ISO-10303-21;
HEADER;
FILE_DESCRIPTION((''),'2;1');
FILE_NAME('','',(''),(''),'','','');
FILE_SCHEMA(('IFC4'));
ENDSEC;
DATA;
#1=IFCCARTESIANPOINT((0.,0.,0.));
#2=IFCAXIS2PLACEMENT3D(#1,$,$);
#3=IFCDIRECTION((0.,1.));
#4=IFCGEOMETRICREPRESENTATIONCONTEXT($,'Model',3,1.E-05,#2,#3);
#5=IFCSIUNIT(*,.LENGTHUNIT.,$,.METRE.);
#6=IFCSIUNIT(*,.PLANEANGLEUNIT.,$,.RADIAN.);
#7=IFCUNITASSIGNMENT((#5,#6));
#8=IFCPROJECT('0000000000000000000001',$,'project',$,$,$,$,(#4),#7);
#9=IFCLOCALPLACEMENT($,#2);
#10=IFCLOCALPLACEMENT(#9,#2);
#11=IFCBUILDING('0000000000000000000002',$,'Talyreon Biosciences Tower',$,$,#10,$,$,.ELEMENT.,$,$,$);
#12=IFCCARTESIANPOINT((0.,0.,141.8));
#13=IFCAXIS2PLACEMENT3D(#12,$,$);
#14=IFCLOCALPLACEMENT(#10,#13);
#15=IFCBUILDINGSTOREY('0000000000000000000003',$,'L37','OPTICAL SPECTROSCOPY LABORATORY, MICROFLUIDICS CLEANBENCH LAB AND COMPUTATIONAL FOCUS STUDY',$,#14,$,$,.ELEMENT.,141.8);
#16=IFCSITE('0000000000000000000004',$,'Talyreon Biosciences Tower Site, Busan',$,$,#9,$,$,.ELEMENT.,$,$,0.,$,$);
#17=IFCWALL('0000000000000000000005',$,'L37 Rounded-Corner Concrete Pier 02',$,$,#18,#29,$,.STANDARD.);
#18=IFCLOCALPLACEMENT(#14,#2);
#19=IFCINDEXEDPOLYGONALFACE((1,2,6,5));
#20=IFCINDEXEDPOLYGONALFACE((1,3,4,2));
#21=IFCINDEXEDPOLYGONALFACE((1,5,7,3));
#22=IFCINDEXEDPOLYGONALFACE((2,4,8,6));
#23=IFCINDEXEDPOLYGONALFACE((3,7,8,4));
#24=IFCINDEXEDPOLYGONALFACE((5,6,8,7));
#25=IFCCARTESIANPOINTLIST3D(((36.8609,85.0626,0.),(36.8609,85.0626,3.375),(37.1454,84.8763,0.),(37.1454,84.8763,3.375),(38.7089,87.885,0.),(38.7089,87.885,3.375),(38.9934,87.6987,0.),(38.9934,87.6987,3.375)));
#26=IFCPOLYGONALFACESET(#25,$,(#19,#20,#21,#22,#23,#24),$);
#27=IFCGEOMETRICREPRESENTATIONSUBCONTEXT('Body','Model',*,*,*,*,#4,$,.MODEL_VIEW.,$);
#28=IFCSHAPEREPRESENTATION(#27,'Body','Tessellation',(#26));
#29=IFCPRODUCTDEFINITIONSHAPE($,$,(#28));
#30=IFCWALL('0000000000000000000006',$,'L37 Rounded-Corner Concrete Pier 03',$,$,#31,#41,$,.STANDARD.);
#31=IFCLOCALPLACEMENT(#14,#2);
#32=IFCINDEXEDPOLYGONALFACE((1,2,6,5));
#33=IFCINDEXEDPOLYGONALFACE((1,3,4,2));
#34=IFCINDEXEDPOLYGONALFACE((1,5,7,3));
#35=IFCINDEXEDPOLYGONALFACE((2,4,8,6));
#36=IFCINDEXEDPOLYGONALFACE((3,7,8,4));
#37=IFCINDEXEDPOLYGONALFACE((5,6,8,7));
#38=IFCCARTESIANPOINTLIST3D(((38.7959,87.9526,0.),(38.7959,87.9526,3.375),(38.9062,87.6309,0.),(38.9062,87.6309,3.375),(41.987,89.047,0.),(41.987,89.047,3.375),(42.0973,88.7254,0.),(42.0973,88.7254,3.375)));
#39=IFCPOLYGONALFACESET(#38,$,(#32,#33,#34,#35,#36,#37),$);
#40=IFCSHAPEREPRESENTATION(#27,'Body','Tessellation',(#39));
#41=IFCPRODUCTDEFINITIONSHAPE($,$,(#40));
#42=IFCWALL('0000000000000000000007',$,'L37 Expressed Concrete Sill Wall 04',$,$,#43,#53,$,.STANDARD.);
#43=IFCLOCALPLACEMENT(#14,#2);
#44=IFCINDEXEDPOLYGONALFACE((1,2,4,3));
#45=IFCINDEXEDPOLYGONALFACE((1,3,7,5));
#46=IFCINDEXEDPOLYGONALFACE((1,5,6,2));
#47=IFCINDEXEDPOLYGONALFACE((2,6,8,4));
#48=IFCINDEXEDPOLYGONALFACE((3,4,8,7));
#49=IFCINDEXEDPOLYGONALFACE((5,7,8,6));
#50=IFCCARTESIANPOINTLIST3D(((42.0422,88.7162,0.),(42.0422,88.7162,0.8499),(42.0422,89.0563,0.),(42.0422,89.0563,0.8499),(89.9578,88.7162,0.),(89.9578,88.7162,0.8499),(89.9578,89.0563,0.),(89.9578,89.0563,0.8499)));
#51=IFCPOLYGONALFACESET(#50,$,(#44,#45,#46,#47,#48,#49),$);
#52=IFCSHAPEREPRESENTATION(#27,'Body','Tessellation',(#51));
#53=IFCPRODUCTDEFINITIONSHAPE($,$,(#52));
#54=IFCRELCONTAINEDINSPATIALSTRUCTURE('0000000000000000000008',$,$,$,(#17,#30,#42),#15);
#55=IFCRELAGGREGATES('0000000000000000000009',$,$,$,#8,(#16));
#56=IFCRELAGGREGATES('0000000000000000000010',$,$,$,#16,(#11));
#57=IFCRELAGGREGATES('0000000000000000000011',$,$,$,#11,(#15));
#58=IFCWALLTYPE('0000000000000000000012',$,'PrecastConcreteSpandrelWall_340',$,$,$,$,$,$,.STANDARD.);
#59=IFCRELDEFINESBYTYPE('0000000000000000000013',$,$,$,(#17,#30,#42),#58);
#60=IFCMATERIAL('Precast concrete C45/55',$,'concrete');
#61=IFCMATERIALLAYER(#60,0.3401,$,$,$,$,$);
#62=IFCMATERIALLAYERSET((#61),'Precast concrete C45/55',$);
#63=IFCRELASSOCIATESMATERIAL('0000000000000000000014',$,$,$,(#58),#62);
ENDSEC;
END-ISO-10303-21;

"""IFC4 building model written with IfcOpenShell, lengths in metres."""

from ifc_helpers import new_model, si_unit, direction, frame, frame_2d, origin, place, context, subcontext, project, spatial, rectangle, extrude, material, layer, layer_set, type_object, element, save


model = new_model("IFC4")

# Units and contexts
model_context = context("Model", 3, precision=1e-05, world=origin(), true_north=direction((0.0, 1.0)))
body_context = subcontext(model_context, "Body", "Model", "MODEL_VIEW")
ifc_project = project(units=[si_unit("LENGTHUNIT", "METRE"), si_unit("PLANEANGLEUNIT", "RADIAN")], contexts=[model_context])

# Site, building, storey
site_placement = place(None, origin())
site = spatial("IfcSite", under=ifc_project, at=site_placement, Name="Talyreon Biosciences Tower Site, Busan", CompositionType="ELEMENT", RefElevation=0.0)
building_placement = place(site_placement, origin())
building = spatial("IfcBuilding", under=site, at=building_placement, Name="Talyreon Biosciences Tower", CompositionType="ELEMENT")
storey_placement = place(building_placement, frame((0.0, 0.0, 141.8)))
storey = spatial("IfcBuildingStorey", under=building, at=storey_placement, Name="L37", Description="OPTICAL SPECTROSCOPY LABORATORY, MICROFLUIDICS CLEANBENCH LAB AND COMPUTATIONAL FOCUS STUDY", CompositionType="ELEMENT", Elevation=141.8)

# Shared definitions
ifc_material_1 = material(Name="Precast concrete C45/55", Category="concrete")

# Walls
ifc_layer_1 = layer(ifc_material_1, 0.3401)
ifc_layer_set_1 = layer_set([ifc_layer_1], Name="Precast concrete C45/55")
wall_type_1 = type_object("IfcWallType", Name="PrecastConcreteSpandrelWall_340", PredefinedType="STANDARD", material=ifc_layer_set_1)
for number, where, z_axis, x_axis, name in (
    (1, (37.0032, 84.9695, 0.0), (0.0, 0.0, 1.0), (0.547784, 0.83662, 0.0), "L37 Rounded-Corner Concrete Pier 02"),
    (2, (38.8511, 87.7917, 0.0), (0.0, 0.0, 1.0), (0.945912, 0.324422, 0.0), "L37 Rounded-Corner Concrete Pier 03"),
):
    element("IfcWall", number, at=place(storey_placement, frame(where, z_axis=z_axis, x_axis=x_axis)), inside=storey, type_object=wall_type_1, Name=name, PredefinedType="STANDARD", context=body_context, shape_type="SweptSolid", body=[
        extrude(rectangle(XDim=3.3735, YDim=0.3401, at=frame_2d((1.6868, 0.0))), origin(), (0.0, 0.0, 1.0), 3.375),
    ])
wall_1_placement = place(storey_placement, frame((42.0422, 88.8862, 0.0), z_axis=(0.0, 0.0, 1.0), x_axis=(1.0, 0.0, 0.0)))
element("IfcWall", 3, at=wall_1_placement, inside=storey, type_object=wall_type_1, Name="L37 Expressed Concrete Sill Wall 04", PredefinedType="STANDARD", context=body_context, shape_type="SweptSolid", body=[
    extrude(rectangle(XDim=47.9155, YDim=0.3401, at=frame_2d((23.9578, 0.0))), origin(), (0.0, 0.0, 1.0), 0.8499),
])

save(model, "model.ifc")
